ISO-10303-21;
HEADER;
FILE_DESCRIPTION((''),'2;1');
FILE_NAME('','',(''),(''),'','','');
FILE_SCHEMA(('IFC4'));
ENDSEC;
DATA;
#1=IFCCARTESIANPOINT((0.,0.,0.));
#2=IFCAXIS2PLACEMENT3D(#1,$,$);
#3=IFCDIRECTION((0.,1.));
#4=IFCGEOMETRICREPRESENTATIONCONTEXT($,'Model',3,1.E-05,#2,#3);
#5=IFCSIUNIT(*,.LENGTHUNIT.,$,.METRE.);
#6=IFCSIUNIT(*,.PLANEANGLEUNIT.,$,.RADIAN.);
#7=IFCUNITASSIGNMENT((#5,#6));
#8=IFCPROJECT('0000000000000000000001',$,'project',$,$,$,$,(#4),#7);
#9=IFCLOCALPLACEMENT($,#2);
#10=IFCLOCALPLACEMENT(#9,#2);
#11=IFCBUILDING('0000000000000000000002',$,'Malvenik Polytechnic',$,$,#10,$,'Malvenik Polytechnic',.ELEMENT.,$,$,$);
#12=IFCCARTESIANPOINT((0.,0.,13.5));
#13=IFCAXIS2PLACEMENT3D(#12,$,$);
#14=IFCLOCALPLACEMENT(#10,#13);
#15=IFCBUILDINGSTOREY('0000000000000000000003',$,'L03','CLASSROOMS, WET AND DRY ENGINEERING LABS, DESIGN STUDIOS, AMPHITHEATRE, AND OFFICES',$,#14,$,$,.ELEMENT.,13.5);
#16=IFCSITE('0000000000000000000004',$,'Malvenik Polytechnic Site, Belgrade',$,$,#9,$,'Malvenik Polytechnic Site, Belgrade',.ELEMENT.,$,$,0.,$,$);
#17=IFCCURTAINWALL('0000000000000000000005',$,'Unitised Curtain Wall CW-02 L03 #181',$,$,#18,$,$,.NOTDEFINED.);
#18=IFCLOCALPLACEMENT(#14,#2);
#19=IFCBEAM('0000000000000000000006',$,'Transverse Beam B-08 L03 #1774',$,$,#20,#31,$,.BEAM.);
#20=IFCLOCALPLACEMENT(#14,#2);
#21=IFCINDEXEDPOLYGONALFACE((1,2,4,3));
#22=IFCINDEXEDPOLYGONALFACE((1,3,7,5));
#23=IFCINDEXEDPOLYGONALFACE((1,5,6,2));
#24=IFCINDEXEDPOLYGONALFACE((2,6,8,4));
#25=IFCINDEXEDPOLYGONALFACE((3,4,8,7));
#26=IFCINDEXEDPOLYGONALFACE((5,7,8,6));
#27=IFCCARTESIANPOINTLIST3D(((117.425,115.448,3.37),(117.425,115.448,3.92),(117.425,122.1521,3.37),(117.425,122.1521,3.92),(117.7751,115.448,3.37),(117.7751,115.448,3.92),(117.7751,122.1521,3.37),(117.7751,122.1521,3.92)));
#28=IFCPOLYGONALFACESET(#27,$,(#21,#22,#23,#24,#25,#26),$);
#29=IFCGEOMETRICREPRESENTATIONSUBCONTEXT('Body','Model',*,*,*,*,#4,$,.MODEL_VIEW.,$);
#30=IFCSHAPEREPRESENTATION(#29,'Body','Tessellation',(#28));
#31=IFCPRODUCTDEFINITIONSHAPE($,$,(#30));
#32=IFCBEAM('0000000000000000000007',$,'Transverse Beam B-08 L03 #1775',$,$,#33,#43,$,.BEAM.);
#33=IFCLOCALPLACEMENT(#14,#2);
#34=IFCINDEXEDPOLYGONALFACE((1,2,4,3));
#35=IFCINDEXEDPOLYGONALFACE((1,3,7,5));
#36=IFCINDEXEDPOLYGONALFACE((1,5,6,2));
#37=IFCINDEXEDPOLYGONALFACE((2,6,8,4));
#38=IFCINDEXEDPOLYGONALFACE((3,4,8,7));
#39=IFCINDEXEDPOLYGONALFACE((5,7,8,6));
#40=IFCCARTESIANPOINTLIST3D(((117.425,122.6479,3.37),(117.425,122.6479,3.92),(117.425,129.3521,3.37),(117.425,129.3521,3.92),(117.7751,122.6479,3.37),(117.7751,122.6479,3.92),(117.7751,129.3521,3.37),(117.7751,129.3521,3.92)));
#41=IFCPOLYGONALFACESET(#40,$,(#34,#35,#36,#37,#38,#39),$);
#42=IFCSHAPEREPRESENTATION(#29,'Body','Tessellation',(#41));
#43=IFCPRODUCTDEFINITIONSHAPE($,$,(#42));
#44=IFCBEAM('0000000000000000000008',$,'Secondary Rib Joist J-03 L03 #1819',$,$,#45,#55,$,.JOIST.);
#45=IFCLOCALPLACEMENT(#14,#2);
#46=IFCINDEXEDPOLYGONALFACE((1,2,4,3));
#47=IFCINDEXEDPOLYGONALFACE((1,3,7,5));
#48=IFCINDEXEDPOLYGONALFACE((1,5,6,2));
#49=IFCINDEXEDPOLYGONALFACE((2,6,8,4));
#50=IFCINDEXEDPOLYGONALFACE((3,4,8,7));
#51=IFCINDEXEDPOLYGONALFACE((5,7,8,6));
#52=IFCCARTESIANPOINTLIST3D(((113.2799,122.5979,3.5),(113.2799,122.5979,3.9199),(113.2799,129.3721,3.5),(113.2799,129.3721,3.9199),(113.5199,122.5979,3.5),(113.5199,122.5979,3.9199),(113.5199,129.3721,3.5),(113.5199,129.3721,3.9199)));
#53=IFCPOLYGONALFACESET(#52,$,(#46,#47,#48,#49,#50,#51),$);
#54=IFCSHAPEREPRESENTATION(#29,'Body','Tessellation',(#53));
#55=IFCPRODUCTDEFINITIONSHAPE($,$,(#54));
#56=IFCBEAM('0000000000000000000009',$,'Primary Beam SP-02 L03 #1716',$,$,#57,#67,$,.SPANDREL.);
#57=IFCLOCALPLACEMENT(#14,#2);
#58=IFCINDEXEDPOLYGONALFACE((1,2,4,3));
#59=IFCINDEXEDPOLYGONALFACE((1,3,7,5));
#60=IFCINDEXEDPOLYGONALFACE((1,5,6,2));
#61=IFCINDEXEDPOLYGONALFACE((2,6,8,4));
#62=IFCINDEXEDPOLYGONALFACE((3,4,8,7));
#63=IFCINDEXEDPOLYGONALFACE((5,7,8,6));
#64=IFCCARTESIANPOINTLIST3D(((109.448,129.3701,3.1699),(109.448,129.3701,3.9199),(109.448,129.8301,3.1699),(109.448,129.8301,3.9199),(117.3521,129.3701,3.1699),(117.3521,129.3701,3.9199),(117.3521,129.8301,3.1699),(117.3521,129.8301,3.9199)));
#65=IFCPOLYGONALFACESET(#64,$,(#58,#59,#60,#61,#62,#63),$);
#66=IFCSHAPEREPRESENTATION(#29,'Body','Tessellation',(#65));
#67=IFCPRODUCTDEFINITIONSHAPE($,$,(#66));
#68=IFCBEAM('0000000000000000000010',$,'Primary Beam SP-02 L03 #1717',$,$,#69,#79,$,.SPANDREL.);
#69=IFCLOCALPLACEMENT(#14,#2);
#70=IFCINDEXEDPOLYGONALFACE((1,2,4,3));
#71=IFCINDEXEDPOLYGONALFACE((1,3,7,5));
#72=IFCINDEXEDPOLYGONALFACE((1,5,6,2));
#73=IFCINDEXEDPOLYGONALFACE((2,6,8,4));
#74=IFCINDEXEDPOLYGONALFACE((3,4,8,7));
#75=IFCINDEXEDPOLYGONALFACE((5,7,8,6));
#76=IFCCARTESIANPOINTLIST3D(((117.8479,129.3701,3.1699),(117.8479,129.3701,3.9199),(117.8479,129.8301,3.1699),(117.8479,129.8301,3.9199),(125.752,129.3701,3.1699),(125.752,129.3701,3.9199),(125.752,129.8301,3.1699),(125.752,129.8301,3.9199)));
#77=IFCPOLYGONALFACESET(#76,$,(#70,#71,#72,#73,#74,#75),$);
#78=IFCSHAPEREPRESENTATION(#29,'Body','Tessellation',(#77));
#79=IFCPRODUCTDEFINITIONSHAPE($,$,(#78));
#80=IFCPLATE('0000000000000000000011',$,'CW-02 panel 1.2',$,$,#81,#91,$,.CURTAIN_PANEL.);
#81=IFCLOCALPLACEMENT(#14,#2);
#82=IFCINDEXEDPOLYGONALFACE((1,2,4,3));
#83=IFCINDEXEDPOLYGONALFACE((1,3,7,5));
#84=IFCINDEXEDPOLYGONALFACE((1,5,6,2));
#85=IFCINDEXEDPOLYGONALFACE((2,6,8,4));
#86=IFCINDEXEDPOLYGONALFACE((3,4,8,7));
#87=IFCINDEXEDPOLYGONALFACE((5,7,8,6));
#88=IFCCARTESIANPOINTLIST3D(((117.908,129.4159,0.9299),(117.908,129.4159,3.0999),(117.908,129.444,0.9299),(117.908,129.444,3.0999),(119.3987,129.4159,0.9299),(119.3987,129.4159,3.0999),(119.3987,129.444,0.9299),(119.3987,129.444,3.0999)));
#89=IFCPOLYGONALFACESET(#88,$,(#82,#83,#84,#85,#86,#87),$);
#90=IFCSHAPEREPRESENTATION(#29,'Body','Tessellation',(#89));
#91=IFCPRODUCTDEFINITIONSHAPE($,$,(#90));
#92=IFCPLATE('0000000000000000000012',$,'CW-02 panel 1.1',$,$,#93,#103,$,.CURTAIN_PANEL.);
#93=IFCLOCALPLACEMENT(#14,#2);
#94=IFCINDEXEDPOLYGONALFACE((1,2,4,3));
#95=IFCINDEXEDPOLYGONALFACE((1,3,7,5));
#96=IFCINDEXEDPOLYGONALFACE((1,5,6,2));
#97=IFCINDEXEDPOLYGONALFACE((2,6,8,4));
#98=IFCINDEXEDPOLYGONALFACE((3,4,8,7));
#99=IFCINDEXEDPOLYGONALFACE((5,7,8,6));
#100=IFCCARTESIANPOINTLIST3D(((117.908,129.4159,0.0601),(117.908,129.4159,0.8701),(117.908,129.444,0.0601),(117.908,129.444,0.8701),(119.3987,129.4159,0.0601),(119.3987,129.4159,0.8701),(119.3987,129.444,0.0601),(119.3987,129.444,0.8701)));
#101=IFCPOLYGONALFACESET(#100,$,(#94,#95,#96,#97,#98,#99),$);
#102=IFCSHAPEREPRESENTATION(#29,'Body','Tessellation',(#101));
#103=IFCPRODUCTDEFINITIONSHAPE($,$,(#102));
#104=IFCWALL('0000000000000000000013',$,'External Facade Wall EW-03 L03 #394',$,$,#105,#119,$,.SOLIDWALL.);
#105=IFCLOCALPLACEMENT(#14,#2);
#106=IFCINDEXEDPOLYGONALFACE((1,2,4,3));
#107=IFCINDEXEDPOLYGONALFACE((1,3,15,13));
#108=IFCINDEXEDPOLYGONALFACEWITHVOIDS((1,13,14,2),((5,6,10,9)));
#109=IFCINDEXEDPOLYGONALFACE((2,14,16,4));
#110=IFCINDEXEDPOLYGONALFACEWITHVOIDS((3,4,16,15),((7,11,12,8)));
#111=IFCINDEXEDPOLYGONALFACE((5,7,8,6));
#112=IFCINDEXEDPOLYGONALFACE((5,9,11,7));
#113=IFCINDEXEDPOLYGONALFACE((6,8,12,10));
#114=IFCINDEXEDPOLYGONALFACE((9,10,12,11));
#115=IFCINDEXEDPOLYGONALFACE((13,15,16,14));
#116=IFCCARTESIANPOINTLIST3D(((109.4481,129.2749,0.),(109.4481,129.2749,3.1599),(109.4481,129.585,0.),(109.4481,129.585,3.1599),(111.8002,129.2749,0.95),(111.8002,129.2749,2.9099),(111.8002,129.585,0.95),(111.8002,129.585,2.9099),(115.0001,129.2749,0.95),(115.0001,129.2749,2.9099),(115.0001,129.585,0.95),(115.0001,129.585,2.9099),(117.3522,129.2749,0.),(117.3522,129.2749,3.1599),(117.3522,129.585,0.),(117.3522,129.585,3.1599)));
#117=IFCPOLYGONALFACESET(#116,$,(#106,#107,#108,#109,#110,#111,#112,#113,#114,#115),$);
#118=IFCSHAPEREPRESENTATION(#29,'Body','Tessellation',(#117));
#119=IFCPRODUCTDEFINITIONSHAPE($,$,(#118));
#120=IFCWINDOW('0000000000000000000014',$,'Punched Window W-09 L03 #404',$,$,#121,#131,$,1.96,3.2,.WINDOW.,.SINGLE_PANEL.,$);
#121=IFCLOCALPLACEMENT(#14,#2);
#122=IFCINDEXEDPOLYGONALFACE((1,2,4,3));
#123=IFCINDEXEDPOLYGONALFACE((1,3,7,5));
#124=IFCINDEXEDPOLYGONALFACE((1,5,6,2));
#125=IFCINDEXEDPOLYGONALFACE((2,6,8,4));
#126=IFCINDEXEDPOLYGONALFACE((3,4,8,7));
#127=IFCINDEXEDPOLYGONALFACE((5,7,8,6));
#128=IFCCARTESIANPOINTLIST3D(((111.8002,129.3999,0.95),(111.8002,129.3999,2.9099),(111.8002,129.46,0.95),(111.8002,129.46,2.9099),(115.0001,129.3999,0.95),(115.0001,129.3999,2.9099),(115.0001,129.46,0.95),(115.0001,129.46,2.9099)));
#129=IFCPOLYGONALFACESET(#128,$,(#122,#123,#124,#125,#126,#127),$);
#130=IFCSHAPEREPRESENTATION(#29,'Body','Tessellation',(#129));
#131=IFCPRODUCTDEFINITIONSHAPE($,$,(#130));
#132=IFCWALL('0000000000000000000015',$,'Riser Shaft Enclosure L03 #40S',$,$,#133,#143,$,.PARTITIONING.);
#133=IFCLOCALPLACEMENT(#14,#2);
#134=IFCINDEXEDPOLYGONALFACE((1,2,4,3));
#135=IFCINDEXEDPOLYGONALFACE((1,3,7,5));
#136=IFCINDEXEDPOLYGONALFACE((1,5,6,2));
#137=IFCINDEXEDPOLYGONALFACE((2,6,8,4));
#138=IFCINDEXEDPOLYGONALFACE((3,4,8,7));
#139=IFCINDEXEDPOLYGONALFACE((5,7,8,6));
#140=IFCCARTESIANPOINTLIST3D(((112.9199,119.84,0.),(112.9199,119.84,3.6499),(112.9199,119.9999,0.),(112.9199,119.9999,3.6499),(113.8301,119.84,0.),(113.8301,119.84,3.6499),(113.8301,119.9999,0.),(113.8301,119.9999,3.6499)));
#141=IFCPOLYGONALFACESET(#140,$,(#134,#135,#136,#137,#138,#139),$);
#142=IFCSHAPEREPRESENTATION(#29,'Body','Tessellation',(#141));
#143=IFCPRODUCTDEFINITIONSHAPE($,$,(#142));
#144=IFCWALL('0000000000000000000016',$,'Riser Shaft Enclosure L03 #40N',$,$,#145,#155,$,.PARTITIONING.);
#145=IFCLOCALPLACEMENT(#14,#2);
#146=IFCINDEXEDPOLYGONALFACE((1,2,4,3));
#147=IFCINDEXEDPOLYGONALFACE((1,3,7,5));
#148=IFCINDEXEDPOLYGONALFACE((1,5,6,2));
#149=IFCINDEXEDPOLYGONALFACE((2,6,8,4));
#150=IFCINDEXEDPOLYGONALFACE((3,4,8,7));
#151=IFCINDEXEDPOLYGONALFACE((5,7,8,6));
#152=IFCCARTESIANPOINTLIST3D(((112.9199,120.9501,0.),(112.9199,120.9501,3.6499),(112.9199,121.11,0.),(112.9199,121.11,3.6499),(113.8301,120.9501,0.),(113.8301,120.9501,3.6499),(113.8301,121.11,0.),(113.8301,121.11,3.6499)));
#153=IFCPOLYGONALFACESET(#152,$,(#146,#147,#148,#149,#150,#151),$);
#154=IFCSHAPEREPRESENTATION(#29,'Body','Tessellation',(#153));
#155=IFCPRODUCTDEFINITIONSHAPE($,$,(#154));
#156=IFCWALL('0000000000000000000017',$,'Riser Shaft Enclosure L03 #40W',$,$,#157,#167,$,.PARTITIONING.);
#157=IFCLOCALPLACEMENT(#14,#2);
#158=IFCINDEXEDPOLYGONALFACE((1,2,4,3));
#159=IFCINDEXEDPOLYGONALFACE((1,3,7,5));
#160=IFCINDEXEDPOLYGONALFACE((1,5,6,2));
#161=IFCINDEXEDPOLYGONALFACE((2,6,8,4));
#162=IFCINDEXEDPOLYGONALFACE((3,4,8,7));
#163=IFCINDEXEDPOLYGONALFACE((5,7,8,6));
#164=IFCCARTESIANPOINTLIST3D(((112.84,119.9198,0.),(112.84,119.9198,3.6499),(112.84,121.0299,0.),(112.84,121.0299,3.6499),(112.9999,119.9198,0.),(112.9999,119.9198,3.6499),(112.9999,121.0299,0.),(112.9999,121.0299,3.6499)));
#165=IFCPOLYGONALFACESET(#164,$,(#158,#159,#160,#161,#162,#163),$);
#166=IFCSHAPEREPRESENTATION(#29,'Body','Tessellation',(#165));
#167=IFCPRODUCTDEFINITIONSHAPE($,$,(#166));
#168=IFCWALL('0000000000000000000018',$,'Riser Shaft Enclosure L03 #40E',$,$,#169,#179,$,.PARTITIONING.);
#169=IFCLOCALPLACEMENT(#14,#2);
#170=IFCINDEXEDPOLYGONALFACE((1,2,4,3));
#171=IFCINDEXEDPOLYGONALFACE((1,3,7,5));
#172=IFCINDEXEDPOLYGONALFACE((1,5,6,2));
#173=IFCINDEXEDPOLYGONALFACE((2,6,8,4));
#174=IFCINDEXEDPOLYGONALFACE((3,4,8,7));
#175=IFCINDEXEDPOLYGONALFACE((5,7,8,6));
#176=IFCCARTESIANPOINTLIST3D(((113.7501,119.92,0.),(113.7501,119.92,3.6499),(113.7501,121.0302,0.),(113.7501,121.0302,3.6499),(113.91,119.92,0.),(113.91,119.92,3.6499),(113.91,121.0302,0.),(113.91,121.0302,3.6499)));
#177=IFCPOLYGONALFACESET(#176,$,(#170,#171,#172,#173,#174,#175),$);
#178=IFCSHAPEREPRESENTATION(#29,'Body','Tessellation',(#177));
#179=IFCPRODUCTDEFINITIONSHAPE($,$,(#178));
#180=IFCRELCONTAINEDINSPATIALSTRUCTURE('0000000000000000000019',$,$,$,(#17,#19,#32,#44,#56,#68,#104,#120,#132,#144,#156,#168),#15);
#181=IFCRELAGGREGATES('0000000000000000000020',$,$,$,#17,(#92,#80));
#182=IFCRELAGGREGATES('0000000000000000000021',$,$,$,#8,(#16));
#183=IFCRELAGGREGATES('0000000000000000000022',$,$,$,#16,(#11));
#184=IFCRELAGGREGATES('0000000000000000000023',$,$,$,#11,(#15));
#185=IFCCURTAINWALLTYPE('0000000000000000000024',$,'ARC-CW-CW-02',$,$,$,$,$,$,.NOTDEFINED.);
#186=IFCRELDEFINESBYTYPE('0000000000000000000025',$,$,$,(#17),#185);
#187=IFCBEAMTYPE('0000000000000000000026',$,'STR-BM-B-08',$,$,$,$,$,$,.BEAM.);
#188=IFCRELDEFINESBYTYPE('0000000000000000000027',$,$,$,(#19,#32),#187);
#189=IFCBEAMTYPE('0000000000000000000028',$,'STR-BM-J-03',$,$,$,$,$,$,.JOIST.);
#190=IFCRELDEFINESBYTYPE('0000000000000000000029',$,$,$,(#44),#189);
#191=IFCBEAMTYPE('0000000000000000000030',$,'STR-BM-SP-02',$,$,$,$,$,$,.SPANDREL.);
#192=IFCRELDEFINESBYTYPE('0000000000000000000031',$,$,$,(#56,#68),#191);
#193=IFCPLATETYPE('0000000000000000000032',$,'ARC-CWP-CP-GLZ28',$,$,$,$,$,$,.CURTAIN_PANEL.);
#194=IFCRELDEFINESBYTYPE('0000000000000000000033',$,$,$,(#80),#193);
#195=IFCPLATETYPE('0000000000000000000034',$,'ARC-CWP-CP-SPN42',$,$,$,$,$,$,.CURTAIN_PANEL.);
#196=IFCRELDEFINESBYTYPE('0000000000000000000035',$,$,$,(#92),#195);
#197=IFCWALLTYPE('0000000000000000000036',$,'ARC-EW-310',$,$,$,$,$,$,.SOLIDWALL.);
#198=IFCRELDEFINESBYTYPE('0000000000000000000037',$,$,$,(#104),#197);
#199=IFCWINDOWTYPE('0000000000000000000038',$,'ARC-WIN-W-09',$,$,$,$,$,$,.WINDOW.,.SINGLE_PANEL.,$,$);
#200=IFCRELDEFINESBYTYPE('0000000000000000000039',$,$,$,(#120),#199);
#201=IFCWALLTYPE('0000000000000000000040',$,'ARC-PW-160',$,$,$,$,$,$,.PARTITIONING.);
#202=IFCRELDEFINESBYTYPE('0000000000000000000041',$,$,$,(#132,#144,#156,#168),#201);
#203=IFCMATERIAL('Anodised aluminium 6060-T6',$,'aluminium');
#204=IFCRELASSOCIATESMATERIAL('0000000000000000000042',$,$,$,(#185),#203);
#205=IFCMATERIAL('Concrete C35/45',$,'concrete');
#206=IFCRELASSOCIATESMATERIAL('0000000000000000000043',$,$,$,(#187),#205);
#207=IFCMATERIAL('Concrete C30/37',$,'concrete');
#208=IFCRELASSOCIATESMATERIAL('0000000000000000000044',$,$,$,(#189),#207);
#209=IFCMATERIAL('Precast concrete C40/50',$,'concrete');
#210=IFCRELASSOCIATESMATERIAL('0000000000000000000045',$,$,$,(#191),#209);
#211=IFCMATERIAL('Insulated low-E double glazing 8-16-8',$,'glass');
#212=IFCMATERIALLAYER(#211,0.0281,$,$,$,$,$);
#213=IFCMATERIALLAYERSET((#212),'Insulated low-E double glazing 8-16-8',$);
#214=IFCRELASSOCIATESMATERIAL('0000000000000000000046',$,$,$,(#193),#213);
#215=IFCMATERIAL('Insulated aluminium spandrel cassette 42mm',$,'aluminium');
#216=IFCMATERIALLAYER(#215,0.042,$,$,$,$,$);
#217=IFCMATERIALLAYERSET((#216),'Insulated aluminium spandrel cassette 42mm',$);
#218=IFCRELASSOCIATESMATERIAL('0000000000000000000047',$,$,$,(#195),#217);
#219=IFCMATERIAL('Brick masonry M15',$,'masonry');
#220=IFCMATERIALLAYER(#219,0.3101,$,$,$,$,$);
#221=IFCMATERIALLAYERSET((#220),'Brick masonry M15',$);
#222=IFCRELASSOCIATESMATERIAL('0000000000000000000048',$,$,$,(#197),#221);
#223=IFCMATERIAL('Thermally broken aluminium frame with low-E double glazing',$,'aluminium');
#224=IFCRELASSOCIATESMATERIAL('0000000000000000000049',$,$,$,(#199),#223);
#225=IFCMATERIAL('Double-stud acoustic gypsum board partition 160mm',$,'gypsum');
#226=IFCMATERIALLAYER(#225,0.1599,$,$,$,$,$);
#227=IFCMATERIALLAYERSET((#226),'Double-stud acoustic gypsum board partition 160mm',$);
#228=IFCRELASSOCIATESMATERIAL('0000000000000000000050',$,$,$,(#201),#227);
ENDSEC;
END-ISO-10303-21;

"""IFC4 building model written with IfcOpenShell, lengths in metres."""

from ifc_helpers import new_model, si_unit, direction, frame, frame_2d, origin, origin_2d, place, context, subcontext, project, spatial, rectangle, extrude, material, layer, layer_set, material_profile, profile_set, type_object, element, fill, aggregate, save


model = new_model("IFC4")

# Units and contexts
model_context = context("Model", 3, precision=1e-05, world=origin(), true_north=direction((0.0, 1.0)))
body_context = subcontext(model_context, "Body", "Model", "MODEL_VIEW")
ifc_project = project(units=[si_unit("LENGTHUNIT", "METRE"), si_unit("PLANEANGLEUNIT", "RADIAN")], contexts=[model_context])

# Site, building, storey
site_placement = place(None, origin())
site = spatial("IfcSite", under=ifc_project, at=site_placement, Name="Malvenik Polytechnic Site, Belgrade", LongName="Malvenik Polytechnic Site, Belgrade", CompositionType="ELEMENT", RefElevation=0.0)
building_placement = place(site_placement, origin())
building = spatial("IfcBuilding", under=site, at=building_placement, Name="Malvenik Polytechnic", LongName="Malvenik Polytechnic", CompositionType="ELEMENT")
storey_placement = place(building_placement, frame((0.0, 0.0, 13.5)))
storey = spatial("IfcBuildingStorey", under=building, at=storey_placement, Name="L03", Description="CLASSROOMS, WET AND DRY ENGINEERING LABS, DESIGN STUDIOS, AMPHITHEATRE, AND OFFICES", CompositionType="ELEMENT", Elevation=13.5)

# Shared definitions
ifc_material_1 = material(Name="Concrete C35/45", Category="concrete")

# Curtain wall
ifc_material_2 = material(Name="Anodised aluminium 6060-T6", Category="aluminium")
curtain_wall_type = type_object("IfcCurtainWallType", Name="ARC-CW-CW-02", PredefinedType="NOTDEFINED", material=ifc_material_2)
curtain_wall_1_placement = place(storey_placement, origin())
curtain_wall_1 = element("IfcCurtainWall", 1, at=curtain_wall_1_placement, inside=storey, type_object=curtain_wall_type, Name="Unitised Curtain Wall CW-02 L03 #181", PredefinedType="NOTDEFINED")

# Beams
ifc_material_profile_1 = material_profile(ifc_material_1, rectangle(XDim=0.3501, YDim=0.55, at=origin_2d()), Name="RC BM 350x550")
ifc_profile_set_1 = profile_set([ifc_material_profile_1], Name="Concrete C35/45")
beam_type_1 = type_object("IfcBeamType", Name="STR-BM-B-08", PredefinedType="BEAM", material=ifc_profile_set_1)
for number, where, z_axis, x_axis, name in (
    (2, (117.6001, 115.448, 3.645), (0.0, 1.0, 0.0), (-1.0, 0.0, 0.0), "Transverse Beam B-08 L03 #1774"),
    (3, (117.6001, 122.6479, 3.645), (0.0, 1.0, 0.0), (-1.0, 0.0, 0.0), "Transverse Beam B-08 L03 #1775"),
):
    element("IfcBeam", number, at=place(storey_placement, frame(where, z_axis=z_axis, x_axis=x_axis)), inside=storey, type_object=beam_type_1, Name=name, PredefinedType="BEAM", context=body_context, shape_type="SweptSolid", body=[
        extrude(rectangle(XDim=0.3501, YDim=0.55, at=origin_2d()), origin(), (0.0, 0.0, 1.0), 6.7041),
    ])
ifc_material_3 = material(Name="Concrete C30/37", Category="concrete")
ifc_material_profile_2 = material_profile(ifc_material_3, rectangle(XDim=0.24, YDim=0.4199, at=origin_2d()), Name="RC JST 240x420")
ifc_profile_set_2 = profile_set([ifc_material_profile_2], Name="Concrete C30/37")
beam_type_2 = type_object("IfcBeamType", Name="STR-BM-J-03", PredefinedType="JOIST", material=ifc_profile_set_2)
beam_placement = place(storey_placement, frame((113.3999, 122.5979, 3.71), z_axis=(0.0, 1.0, 0.0), x_axis=(-1.0, 0.0, 0.0)))
element("IfcBeam", 4, at=beam_placement, inside=storey, type_object=beam_type_2, Name="Secondary Rib Joist J-03 L03 #1819", PredefinedType="JOIST", context=body_context, shape_type="SweptSolid", body=[
    extrude(rectangle(XDim=0.24, YDim=0.4199, at=origin_2d()), origin(), (0.0, 0.0, 1.0), 6.7742),
])
ifc_material_4 = material(Name="Precast concrete C40/50", Category="concrete")
ifc_material_profile_3 = material_profile(ifc_material_4, rectangle(XDim=0.46, YDim=0.75, at=origin_2d()), Name="PC SPN 460x750")
ifc_profile_set_3 = profile_set([ifc_material_profile_3], Name="Precast concrete C40/50")
beam_type_3 = type_object("IfcBeamType", Name="STR-BM-SP-02", PredefinedType="SPANDREL", material=ifc_profile_set_3)
for number, where, z_axis, x_axis, name in (
    (5, (109.448, 129.6001, 3.5449), (1.0, 0.0, 0.0), (0.0, 1.0, 0.0), "Primary Beam SP-02 L03 #1716"),
    (6, (117.8479, 129.6001, 3.5449), (1.0, 0.0, 0.0), (0.0, 1.0, 0.0), "Primary Beam SP-02 L03 #1717"),
):
    element("IfcBeam", number, at=place(storey_placement, frame(where, z_axis=z_axis, x_axis=x_axis)), inside=storey, type_object=beam_type_3, Name=name, PredefinedType="SPANDREL", context=body_context, shape_type="SweptSolid", body=[
        extrude(rectangle(XDim=0.46, YDim=0.75, at=origin_2d()), origin(), (0.0, 0.0, 1.0), 7.9041),
    ])

# Plates
ifc_material_5 = material(Name="Insulated low-E double glazing 8-16-8", Category="glass")
ifc_layer_1 = layer(ifc_material_5, 0.0281)
ifc_layer_set_1 = layer_set([ifc_layer_1], Name="Insulated low-E double glazing 8-16-8")
plate_type_1 = type_object("IfcPlateType", Name="ARC-CWP-CP-GLZ28", PredefinedType="CURTAIN_PANEL", material=ifc_layer_set_1)
plate_1_placement = place(storey_placement, frame((118.6533, 129.4299, 0.9299), z_axis=(0.0, 0.0, 1.0), x_axis=(1.0, 0.0, 0.0)))
plate_1 = element("IfcPlate", 7, at=plate_1_placement, type_object=plate_type_1, Name="CW-02 panel 1.2", PredefinedType="CURTAIN_PANEL", context=body_context, shape_type="SweptSolid", body=[
    extrude(rectangle(XDim=1.4907, YDim=0.0281, at=origin_2d()), origin(), (0.0, 0.0, 1.0), 2.1699),
])
ifc_material_6 = material(Name="Insulated aluminium spandrel cassette 42mm", Category="aluminium")
ifc_layer_2 = layer(ifc_material_6, 0.042)
ifc_layer_set_2 = layer_set([ifc_layer_2], Name="Insulated aluminium spandrel cassette 42mm")
plate_type_2 = type_object("IfcPlateType", Name="ARC-CWP-CP-SPN42", PredefinedType="CURTAIN_PANEL", material=ifc_layer_set_2)
plate_2_placement = place(storey_placement, frame((118.6533, 129.4299, 0.0601), z_axis=(0.0, 0.0, 1.0), x_axis=(1.0, 0.0, 0.0)))
plate_2 = element("IfcPlate", 8, at=plate_2_placement, type_object=plate_type_2, Name="CW-02 panel 1.1", PredefinedType="CURTAIN_PANEL", context=body_context, shape_type="SweptSolid", body=[
    extrude(rectangle(XDim=1.4907, YDim=0.0281, at=origin_2d()), origin(), (0.0, 0.0, 1.0), 0.8101),
])
aggregate(curtain_wall_1, [plate_2, plate_1])

# Wall, opening, window
ifc_material_7 = material(Name="Brick masonry M15", Category="masonry")
ifc_layer_3 = layer(ifc_material_7, 0.3101)
ifc_layer_set_3 = layer_set([ifc_layer_3], Name="Brick masonry M15")
wall_type_1 = type_object("IfcWallType", Name="ARC-EW-310", PredefinedType="SOLIDWALL", material=ifc_layer_set_3)
wall_placement = place(storey_placement, frame((109.448, 129.4299, 0.0), z_axis=(0.0, 0.0, 1.0), x_axis=(1.0, 0.0, 0.0)))
wall = element("IfcWall", 9, at=wall_placement, inside=storey, type_object=wall_type_1, Name="External Facade Wall EW-03 L03 #394", PredefinedType="SOLIDWALL", context=body_context, shape_type="SweptSolid", body=[
    extrude(rectangle(XDim=7.9041, YDim=0.3101, at=frame_2d((3.9521, 0.0))), origin(), (0.0, 0.0, 1.0), 3.1599),
])
opening_placement = place(wall_placement, frame((2.3521, 0.0, 0.95)))
opening = element("IfcOpeningElement", 10, at=opening_placement, cuts=wall, PredefinedType="OPENING", context=body_context, shape_type="SweptSolid", body=[
    extrude(rectangle(XDim=3.2, YDim=1.96, at=frame_2d((1.6001, 0.98))), frame((0.0, 0.165, 0.0), z_axis=(0.0, -1.0, 0.0), x_axis=(1.0, 0.0, 0.0)), (0.0, 0.0, 1.0), 0.3301),
])
ifc_material_8 = material(Name="Thermally broken aluminium frame with low-E double glazing", Category="aluminium")
window_type = type_object("IfcWindowType", Name="ARC-WIN-W-09", PartitioningType="SINGLE_PANEL", PredefinedType="WINDOW", material=ifc_material_8)
window_placement = place(opening_placement, origin())
window = element("IfcWindow", 11, at=window_placement, inside=storey, type_object=window_type, Name="Punched Window W-09 L03 #404", OverallHeight=1.96, OverallWidth=3.2, PartitioningType="SINGLE_PANEL", PredefinedType="WINDOW", context=body_context, shape_type="SweptSolid", body=[
    extrude(rectangle(XDim=3.2, YDim=1.96, at=frame_2d((1.6001, 0.98))), frame((0.0, 0.03, 0.0), z_axis=(0.0, -1.0, 0.0), x_axis=(1.0, 0.0, 0.0)), (0.0, 0.0, 1.0), 0.0601),
])
fill(opening, window)

# Walls
ifc_material_9 = material(Name="Double-stud acoustic gypsum board partition 160mm", Category="gypsum")
ifc_layer_4 = layer(ifc_material_9, 0.1599)
ifc_layer_set_4 = layer_set([ifc_layer_4], Name="Double-stud acoustic gypsum board partition 160mm")
wall_type_2 = type_object("IfcWallType", Name="ARC-PW-160", PredefinedType="PARTITIONING", material=ifc_layer_set_4)
for number, where, z_axis, x_axis, name in (
    (12, (112.9199, 119.9199, 0.0), (0.0, 0.0, 1.0), (1.0, 0.0, 0.0), "Riser Shaft Enclosure L03 #40S"),
    (13, (113.8301, 121.03, 0.0), (0.0, 0.0, 1.0), (-1.0, 0.0, 0.0), "Riser Shaft Enclosure L03 #40N"),
):
    element("IfcWall", number, at=place(storey_placement, frame(where, z_axis=z_axis, x_axis=x_axis)), inside=storey, type_object=wall_type_2, Name=name, PredefinedType="PARTITIONING", context=body_context, shape_type="SweptSolid", body=[
        extrude(rectangle(XDim=0.9102, YDim=0.1599, at=frame_2d((0.4551, 0.0))), origin(), (0.0, 0.0, 1.0), 3.6499),
    ])
for number, where, z_axis, x_axis, name in (
    (14, (112.9199, 121.03, 0.0), (0.0, 0.0, 1.0), (0.0, -1.0, 0.0), "Riser Shaft Enclosure L03 #40W"),
    (15, (113.8301, 119.9199, 0.0), (0.0, 0.0, 1.0), (0.0, 1.0, 0.0), "Riser Shaft Enclosure L03 #40E"),
):
    element("IfcWall", number, at=place(storey_placement, frame(where, z_axis=z_axis, x_axis=x_axis)), inside=storey, type_object=wall_type_2, Name=name, PredefinedType="PARTITIONING", context=body_context, shape_type="SweptSolid", body=[
        extrude(rectangle(XDim=1.1101, YDim=0.1599, at=frame_2d((0.5552, 0.0))), origin(), (0.0, 0.0, 1.0), 3.6499),
    ])

save(model, "model.ifc")
